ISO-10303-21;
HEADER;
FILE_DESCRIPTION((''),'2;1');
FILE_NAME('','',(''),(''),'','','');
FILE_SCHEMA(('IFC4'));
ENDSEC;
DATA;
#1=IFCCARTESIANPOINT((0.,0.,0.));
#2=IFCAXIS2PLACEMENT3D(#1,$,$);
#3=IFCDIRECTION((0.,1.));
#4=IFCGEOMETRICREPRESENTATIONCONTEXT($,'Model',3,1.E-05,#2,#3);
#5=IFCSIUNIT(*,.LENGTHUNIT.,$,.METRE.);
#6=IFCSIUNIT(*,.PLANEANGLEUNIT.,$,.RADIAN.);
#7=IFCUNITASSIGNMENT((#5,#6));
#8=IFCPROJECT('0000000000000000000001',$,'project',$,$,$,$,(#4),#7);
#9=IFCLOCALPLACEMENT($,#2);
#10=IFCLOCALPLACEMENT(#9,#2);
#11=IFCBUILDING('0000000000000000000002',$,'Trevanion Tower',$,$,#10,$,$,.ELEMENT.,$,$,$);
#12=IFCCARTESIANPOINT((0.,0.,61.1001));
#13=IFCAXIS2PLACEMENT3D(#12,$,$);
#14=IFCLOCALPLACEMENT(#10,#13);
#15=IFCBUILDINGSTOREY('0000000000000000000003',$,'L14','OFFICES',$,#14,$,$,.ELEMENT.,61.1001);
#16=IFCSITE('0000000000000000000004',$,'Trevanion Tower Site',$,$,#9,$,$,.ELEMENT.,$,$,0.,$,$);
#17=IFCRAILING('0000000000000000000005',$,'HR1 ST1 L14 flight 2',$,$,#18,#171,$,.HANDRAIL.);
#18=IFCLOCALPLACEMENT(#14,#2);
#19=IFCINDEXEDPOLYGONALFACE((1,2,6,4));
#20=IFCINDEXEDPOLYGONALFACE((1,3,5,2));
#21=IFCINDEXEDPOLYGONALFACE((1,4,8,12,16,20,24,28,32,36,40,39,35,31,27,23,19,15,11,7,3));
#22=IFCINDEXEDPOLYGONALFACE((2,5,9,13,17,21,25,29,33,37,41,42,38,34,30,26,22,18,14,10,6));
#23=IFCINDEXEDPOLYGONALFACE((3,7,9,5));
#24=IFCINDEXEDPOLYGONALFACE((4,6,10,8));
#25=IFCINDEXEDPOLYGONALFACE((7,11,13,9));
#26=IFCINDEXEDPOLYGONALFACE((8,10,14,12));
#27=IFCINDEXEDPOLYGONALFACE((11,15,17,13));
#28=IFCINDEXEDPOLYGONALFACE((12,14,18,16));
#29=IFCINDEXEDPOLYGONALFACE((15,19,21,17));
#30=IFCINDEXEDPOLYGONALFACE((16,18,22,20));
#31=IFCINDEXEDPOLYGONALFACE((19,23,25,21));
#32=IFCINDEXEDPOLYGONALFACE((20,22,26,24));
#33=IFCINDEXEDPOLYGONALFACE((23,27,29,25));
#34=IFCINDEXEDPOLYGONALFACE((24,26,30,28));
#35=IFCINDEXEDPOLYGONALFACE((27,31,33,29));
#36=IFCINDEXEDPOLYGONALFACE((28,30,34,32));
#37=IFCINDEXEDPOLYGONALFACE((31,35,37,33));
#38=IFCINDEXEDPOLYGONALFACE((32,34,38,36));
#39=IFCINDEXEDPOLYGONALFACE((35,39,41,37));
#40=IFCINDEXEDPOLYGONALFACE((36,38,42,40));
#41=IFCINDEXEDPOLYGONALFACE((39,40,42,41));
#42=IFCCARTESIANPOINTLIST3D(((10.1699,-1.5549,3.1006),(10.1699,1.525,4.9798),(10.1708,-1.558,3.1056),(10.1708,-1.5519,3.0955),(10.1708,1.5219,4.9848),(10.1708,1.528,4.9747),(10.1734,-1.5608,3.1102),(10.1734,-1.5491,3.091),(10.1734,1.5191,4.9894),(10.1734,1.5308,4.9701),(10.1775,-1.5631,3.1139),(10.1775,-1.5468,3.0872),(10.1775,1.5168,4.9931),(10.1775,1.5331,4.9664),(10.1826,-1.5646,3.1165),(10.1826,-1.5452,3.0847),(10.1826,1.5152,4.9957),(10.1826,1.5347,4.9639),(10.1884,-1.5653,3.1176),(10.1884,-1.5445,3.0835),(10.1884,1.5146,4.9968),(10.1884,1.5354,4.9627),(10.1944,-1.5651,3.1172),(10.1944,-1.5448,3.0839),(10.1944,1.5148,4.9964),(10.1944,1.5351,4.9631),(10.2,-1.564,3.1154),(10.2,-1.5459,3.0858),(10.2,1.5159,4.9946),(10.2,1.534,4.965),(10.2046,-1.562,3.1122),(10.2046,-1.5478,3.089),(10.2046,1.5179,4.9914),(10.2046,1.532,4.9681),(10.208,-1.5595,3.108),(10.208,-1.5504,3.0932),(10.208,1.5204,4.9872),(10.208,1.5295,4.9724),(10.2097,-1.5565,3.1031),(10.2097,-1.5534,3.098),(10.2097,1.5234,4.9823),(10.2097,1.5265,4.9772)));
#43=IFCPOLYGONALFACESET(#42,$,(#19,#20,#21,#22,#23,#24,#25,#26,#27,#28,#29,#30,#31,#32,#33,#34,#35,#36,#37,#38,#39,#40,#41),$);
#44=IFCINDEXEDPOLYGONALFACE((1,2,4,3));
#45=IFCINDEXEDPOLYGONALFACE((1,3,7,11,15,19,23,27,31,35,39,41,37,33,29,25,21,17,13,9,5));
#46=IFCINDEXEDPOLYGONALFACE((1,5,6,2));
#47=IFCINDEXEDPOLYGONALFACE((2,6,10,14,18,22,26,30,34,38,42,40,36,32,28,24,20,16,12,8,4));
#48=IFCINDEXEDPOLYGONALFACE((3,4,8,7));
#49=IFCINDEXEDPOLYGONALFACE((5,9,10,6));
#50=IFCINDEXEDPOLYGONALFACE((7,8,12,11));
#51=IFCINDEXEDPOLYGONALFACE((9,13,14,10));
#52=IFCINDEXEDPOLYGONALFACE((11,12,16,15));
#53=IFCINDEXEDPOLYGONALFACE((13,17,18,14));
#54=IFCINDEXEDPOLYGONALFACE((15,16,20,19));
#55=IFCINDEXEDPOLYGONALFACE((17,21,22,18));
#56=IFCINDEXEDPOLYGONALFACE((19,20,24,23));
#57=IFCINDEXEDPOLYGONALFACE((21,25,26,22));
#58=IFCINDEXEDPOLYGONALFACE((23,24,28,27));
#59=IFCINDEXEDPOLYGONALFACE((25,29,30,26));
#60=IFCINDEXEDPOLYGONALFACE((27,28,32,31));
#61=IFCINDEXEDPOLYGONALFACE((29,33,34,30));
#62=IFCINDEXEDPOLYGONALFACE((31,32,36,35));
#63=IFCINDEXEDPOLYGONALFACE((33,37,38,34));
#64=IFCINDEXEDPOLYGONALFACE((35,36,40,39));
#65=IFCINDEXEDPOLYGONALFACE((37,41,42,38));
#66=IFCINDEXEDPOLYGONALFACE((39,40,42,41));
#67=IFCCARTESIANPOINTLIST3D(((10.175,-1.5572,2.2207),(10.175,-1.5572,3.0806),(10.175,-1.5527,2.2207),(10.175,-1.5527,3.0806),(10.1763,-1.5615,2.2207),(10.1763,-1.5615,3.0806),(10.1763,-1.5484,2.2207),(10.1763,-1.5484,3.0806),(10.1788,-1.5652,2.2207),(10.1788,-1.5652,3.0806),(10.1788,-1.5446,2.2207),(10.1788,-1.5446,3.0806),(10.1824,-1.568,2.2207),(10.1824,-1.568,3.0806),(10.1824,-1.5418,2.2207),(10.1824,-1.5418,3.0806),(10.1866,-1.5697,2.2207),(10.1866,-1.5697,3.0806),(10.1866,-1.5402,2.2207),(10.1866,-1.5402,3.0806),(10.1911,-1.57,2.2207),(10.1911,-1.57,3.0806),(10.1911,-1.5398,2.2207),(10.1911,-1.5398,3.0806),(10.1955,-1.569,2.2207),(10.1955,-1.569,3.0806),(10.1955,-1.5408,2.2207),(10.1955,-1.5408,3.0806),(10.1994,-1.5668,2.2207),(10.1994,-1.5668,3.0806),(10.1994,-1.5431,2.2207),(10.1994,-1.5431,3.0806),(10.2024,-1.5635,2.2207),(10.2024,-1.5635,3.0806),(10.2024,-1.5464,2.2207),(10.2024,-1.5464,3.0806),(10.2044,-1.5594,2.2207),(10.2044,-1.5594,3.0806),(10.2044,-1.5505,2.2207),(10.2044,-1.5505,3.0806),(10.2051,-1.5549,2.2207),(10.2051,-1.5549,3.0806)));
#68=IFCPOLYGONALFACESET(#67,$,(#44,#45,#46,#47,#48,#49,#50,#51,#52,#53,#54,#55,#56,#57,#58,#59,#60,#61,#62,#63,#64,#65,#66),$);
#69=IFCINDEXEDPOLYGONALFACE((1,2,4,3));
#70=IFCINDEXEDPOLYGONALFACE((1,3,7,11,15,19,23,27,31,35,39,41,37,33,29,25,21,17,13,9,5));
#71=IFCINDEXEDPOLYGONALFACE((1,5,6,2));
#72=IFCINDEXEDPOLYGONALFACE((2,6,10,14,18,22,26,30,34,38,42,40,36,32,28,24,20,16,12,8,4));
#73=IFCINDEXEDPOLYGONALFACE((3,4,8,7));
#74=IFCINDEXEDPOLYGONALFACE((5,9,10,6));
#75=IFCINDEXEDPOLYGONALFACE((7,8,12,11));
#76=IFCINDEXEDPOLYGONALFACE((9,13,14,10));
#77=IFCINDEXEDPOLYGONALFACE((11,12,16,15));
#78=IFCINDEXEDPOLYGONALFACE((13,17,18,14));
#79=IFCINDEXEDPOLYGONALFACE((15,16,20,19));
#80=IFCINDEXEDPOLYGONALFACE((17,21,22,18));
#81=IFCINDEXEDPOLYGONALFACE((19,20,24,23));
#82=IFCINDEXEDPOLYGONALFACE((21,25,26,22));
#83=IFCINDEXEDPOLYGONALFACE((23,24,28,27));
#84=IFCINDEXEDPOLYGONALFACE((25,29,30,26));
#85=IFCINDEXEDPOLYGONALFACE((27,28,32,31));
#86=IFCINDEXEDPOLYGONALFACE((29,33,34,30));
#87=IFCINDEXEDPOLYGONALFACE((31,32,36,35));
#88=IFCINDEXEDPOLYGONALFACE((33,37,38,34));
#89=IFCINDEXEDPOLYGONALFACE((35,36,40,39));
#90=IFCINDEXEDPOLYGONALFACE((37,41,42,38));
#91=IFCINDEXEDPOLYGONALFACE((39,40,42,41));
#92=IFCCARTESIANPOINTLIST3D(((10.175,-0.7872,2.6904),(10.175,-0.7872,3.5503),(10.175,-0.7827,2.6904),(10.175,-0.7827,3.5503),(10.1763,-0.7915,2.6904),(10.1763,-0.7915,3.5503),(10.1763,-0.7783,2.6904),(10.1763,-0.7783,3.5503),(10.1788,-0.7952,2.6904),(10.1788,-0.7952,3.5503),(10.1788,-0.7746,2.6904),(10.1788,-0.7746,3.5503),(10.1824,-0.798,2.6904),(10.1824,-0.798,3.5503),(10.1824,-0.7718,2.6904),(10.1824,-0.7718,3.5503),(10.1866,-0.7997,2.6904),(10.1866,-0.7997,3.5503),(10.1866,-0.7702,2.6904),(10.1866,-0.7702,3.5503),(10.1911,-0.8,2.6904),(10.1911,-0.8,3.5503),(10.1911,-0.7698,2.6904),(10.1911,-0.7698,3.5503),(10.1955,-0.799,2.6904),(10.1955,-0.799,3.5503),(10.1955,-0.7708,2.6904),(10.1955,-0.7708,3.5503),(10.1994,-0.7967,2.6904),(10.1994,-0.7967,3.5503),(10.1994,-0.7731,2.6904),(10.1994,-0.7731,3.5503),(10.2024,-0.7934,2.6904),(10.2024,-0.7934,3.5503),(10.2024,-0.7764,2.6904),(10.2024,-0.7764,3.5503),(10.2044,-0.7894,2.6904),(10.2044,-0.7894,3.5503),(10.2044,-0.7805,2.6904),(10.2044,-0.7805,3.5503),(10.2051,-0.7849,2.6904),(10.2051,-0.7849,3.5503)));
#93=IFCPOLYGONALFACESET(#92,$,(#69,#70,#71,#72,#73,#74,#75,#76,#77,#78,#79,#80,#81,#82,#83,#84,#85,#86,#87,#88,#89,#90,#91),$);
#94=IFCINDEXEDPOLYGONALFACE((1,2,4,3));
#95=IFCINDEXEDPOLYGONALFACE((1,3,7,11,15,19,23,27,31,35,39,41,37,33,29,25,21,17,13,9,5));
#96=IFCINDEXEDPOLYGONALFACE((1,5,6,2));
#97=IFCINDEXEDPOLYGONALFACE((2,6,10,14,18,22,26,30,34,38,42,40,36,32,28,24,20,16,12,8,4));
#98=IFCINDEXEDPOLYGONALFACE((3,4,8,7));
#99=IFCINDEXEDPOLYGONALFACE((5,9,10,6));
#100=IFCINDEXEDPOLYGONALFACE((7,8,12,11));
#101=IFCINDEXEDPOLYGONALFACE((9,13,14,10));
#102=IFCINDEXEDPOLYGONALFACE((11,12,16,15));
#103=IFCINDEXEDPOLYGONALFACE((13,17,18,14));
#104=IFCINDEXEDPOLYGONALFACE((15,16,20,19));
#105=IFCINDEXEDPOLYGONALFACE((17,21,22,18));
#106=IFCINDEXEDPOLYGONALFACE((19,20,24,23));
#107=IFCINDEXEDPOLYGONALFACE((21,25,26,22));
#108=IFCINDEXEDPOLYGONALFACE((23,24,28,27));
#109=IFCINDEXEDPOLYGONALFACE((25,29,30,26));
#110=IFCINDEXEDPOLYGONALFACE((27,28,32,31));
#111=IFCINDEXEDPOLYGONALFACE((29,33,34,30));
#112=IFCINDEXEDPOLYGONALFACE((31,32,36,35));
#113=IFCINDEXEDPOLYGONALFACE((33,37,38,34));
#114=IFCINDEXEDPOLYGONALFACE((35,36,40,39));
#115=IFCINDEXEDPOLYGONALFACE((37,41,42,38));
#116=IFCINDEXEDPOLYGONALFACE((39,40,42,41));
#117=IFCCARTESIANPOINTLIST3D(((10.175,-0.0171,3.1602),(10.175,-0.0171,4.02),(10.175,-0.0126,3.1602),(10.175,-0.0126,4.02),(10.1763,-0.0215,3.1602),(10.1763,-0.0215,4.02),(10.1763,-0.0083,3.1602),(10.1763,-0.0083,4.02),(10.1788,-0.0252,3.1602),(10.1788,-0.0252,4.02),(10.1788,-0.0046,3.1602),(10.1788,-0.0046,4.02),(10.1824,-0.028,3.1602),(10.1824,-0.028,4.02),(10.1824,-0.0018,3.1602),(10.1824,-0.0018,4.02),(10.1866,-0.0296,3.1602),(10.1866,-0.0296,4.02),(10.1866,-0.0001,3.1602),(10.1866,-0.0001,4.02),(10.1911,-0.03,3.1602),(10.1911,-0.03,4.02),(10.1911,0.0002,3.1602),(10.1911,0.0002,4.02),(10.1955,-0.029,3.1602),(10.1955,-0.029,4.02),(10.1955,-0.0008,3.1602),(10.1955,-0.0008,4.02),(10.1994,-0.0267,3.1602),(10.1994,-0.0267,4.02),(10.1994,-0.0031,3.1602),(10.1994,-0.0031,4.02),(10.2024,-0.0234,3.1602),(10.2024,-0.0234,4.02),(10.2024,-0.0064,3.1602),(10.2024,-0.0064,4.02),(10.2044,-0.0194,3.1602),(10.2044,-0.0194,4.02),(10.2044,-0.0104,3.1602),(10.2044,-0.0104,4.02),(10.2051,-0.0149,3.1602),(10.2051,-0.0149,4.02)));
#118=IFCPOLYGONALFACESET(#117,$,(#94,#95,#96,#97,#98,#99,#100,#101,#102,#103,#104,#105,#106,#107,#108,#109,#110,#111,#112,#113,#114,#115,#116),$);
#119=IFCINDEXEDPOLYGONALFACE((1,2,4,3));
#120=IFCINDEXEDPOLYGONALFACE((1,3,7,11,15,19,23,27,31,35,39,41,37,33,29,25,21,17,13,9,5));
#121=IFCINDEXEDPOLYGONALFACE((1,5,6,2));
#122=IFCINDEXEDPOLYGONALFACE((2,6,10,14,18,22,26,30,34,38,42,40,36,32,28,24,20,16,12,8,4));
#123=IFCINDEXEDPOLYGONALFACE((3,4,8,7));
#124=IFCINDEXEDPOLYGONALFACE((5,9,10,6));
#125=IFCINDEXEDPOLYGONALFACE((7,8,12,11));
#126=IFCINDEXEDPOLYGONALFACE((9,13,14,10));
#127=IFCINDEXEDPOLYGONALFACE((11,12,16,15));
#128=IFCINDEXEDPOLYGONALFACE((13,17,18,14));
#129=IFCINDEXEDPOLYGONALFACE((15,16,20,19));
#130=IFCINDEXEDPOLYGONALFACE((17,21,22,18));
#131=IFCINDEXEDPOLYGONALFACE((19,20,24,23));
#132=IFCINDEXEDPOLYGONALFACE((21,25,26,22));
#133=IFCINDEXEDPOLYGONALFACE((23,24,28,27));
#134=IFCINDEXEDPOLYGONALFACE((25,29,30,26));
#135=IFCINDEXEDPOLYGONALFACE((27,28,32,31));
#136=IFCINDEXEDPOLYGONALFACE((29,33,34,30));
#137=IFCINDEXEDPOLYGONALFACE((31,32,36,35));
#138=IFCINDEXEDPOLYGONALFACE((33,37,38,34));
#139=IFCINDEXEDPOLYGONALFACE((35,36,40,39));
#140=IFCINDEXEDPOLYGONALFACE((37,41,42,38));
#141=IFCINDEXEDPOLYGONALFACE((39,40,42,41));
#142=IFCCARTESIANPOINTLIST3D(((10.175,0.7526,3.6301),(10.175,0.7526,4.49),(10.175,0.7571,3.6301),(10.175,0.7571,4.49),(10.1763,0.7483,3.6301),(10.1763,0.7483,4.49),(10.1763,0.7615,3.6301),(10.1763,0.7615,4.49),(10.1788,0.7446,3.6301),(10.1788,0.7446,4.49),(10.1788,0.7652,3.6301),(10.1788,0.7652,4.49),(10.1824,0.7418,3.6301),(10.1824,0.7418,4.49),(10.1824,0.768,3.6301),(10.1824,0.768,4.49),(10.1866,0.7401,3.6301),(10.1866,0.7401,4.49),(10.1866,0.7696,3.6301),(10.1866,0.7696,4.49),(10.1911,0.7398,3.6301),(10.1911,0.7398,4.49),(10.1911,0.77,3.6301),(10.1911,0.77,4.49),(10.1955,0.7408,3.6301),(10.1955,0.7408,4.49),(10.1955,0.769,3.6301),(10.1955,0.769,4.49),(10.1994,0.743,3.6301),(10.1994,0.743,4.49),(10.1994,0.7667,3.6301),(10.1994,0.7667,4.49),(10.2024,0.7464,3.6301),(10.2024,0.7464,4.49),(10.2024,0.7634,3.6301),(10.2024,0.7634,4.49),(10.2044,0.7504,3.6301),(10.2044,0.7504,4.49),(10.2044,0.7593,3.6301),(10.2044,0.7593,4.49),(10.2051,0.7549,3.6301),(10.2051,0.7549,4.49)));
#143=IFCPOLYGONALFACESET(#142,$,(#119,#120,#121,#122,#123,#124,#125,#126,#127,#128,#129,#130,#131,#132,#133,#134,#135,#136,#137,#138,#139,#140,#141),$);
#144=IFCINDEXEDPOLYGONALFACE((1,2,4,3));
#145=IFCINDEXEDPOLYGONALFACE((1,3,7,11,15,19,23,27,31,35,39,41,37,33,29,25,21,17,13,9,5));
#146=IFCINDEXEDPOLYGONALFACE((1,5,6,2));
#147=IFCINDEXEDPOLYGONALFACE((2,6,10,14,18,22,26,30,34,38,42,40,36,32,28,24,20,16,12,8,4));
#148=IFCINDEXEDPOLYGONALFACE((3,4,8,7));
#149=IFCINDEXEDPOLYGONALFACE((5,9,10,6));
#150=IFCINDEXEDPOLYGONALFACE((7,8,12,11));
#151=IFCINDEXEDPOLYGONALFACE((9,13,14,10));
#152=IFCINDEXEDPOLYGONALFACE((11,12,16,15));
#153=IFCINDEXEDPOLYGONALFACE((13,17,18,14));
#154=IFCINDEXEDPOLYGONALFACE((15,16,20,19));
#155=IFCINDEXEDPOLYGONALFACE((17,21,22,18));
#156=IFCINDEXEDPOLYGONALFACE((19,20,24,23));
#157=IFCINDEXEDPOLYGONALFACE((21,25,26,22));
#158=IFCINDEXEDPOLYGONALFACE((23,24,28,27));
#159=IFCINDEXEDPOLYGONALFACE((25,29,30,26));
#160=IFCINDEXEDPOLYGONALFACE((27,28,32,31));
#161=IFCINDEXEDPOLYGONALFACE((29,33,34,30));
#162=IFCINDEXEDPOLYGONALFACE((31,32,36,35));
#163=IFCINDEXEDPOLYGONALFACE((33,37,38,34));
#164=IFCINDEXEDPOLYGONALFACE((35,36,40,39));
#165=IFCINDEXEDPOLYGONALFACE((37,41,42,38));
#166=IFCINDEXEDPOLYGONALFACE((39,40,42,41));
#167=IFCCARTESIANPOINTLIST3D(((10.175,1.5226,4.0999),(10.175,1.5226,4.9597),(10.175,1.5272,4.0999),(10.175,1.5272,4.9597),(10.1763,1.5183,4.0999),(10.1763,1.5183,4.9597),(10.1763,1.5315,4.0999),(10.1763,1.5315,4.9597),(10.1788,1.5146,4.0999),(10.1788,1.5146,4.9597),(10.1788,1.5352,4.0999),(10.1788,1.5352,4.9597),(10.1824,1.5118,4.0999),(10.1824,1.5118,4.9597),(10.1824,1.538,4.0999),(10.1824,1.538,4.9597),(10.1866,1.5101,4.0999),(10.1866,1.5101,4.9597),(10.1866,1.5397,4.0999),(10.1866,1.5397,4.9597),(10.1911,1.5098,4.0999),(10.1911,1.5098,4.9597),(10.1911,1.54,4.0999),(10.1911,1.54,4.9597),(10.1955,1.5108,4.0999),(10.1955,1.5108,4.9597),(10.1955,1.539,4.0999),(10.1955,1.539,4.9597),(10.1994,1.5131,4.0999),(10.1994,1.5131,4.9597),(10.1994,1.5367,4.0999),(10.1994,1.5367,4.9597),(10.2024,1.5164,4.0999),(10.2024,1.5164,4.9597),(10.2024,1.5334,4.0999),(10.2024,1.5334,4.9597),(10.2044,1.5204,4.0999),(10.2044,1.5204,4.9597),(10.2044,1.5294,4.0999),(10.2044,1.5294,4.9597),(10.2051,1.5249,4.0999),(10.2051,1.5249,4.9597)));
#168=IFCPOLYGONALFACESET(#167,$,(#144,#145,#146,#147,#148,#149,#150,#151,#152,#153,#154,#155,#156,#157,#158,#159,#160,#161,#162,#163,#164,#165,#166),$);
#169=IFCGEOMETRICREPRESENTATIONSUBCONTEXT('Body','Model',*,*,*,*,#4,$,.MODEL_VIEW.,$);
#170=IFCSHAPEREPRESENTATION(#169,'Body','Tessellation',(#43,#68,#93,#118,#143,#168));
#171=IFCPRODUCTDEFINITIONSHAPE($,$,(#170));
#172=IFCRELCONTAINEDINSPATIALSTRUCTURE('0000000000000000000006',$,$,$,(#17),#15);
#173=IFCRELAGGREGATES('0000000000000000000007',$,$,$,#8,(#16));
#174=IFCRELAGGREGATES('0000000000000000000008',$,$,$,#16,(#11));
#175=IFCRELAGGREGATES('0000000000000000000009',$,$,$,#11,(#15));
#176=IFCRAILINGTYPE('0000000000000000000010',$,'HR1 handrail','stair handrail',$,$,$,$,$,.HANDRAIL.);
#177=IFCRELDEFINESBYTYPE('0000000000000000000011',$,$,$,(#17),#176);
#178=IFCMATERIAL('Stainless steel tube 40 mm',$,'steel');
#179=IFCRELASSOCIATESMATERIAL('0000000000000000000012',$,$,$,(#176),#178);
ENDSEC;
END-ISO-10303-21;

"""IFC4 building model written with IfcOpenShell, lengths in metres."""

from ifc_helpers import new_model, si_unit, direction, frame, origin, origin_2d, place, context, subcontext, project, spatial, circle, extrude, material, type_object, element, save


model = new_model("IFC4")

# Units and contexts
model_context = context("Model", 3, precision=1e-05, world=origin(), true_north=direction((0.0, 1.0)))
body_context = subcontext(model_context, "Body", "Model", "MODEL_VIEW")
ifc_project = project(units=[si_unit("LENGTHUNIT", "METRE"), si_unit("PLANEANGLEUNIT", "RADIAN")], contexts=[model_context])

# Site, building, storey
site_placement = place(None, origin())
site = spatial("IfcSite", under=ifc_project, at=site_placement, Name="Trevanion Tower Site", CompositionType="ELEMENT", RefElevation=0.0)
building_placement = place(site_placement, origin())
building = spatial("IfcBuilding", under=site, at=building_placement, Name="Trevanion Tower", CompositionType="ELEMENT")
storey_placement = place(building_placement, frame((0.0, 0.0, 61.1001)))
storey = spatial("IfcBuildingStorey", under=building, at=storey_placement, Name="L14", Description="OFFICES", CompositionType="ELEMENT", Elevation=61.1001)

# Railing
ifc_material_1 = material(Name="Stainless steel tube 40 mm", Category="steel")
railing_type = type_object("IfcRailingType", Name="HR1 handrail", Description="stair handrail", PredefinedType="HANDRAIL", material=ifc_material_1)
for number, where, name in (
    (1, (10.1899, -1.5549, 2.2207), "HR1 ST1 L14 flight 2"),
):
    element("IfcRailing", number, at=place(storey_placement, frame(where)), inside=storey, type_object=railing_type, Name=name, PredefinedType="HANDRAIL", context=body_context, shape_type="SweptSolid", body=[
        extrude(circle(Radius=0.02, at=origin_2d()), frame((0.0, 0.0, 0.8799), z_axis=(0.0, 0.853648, 0.52085), x_axis=(-1.0, 0.0, 0.0)), (0.0, 0.0, 1.0), 3.6079),
        extrude(circle(Radius=0.0151, at=origin_2d()), origin(), (0.0, 0.0, 1.0), 0.8599),
        extrude(circle(Radius=0.0151, at=origin_2d()), frame((0.0, 0.77, 0.4697)), (0.0, 0.0, 1.0), 0.8599),
        extrude(circle(Radius=0.0151, at=origin_2d()), frame((0.0, 1.54, 0.9395)), (0.0, 0.0, 1.0), 0.8599),
        extrude(circle(Radius=0.0151, at=origin_2d()), frame((0.0, 2.3098, 1.4094)), (0.0, 0.0, 1.0), 0.8599),
        extrude(circle(Radius=0.0151, at=origin_2d()), frame((0.0, 3.0798, 1.8792)), (0.0, 0.0, 1.0), 0.8599),
    ])

save(model, "model.ifc")
